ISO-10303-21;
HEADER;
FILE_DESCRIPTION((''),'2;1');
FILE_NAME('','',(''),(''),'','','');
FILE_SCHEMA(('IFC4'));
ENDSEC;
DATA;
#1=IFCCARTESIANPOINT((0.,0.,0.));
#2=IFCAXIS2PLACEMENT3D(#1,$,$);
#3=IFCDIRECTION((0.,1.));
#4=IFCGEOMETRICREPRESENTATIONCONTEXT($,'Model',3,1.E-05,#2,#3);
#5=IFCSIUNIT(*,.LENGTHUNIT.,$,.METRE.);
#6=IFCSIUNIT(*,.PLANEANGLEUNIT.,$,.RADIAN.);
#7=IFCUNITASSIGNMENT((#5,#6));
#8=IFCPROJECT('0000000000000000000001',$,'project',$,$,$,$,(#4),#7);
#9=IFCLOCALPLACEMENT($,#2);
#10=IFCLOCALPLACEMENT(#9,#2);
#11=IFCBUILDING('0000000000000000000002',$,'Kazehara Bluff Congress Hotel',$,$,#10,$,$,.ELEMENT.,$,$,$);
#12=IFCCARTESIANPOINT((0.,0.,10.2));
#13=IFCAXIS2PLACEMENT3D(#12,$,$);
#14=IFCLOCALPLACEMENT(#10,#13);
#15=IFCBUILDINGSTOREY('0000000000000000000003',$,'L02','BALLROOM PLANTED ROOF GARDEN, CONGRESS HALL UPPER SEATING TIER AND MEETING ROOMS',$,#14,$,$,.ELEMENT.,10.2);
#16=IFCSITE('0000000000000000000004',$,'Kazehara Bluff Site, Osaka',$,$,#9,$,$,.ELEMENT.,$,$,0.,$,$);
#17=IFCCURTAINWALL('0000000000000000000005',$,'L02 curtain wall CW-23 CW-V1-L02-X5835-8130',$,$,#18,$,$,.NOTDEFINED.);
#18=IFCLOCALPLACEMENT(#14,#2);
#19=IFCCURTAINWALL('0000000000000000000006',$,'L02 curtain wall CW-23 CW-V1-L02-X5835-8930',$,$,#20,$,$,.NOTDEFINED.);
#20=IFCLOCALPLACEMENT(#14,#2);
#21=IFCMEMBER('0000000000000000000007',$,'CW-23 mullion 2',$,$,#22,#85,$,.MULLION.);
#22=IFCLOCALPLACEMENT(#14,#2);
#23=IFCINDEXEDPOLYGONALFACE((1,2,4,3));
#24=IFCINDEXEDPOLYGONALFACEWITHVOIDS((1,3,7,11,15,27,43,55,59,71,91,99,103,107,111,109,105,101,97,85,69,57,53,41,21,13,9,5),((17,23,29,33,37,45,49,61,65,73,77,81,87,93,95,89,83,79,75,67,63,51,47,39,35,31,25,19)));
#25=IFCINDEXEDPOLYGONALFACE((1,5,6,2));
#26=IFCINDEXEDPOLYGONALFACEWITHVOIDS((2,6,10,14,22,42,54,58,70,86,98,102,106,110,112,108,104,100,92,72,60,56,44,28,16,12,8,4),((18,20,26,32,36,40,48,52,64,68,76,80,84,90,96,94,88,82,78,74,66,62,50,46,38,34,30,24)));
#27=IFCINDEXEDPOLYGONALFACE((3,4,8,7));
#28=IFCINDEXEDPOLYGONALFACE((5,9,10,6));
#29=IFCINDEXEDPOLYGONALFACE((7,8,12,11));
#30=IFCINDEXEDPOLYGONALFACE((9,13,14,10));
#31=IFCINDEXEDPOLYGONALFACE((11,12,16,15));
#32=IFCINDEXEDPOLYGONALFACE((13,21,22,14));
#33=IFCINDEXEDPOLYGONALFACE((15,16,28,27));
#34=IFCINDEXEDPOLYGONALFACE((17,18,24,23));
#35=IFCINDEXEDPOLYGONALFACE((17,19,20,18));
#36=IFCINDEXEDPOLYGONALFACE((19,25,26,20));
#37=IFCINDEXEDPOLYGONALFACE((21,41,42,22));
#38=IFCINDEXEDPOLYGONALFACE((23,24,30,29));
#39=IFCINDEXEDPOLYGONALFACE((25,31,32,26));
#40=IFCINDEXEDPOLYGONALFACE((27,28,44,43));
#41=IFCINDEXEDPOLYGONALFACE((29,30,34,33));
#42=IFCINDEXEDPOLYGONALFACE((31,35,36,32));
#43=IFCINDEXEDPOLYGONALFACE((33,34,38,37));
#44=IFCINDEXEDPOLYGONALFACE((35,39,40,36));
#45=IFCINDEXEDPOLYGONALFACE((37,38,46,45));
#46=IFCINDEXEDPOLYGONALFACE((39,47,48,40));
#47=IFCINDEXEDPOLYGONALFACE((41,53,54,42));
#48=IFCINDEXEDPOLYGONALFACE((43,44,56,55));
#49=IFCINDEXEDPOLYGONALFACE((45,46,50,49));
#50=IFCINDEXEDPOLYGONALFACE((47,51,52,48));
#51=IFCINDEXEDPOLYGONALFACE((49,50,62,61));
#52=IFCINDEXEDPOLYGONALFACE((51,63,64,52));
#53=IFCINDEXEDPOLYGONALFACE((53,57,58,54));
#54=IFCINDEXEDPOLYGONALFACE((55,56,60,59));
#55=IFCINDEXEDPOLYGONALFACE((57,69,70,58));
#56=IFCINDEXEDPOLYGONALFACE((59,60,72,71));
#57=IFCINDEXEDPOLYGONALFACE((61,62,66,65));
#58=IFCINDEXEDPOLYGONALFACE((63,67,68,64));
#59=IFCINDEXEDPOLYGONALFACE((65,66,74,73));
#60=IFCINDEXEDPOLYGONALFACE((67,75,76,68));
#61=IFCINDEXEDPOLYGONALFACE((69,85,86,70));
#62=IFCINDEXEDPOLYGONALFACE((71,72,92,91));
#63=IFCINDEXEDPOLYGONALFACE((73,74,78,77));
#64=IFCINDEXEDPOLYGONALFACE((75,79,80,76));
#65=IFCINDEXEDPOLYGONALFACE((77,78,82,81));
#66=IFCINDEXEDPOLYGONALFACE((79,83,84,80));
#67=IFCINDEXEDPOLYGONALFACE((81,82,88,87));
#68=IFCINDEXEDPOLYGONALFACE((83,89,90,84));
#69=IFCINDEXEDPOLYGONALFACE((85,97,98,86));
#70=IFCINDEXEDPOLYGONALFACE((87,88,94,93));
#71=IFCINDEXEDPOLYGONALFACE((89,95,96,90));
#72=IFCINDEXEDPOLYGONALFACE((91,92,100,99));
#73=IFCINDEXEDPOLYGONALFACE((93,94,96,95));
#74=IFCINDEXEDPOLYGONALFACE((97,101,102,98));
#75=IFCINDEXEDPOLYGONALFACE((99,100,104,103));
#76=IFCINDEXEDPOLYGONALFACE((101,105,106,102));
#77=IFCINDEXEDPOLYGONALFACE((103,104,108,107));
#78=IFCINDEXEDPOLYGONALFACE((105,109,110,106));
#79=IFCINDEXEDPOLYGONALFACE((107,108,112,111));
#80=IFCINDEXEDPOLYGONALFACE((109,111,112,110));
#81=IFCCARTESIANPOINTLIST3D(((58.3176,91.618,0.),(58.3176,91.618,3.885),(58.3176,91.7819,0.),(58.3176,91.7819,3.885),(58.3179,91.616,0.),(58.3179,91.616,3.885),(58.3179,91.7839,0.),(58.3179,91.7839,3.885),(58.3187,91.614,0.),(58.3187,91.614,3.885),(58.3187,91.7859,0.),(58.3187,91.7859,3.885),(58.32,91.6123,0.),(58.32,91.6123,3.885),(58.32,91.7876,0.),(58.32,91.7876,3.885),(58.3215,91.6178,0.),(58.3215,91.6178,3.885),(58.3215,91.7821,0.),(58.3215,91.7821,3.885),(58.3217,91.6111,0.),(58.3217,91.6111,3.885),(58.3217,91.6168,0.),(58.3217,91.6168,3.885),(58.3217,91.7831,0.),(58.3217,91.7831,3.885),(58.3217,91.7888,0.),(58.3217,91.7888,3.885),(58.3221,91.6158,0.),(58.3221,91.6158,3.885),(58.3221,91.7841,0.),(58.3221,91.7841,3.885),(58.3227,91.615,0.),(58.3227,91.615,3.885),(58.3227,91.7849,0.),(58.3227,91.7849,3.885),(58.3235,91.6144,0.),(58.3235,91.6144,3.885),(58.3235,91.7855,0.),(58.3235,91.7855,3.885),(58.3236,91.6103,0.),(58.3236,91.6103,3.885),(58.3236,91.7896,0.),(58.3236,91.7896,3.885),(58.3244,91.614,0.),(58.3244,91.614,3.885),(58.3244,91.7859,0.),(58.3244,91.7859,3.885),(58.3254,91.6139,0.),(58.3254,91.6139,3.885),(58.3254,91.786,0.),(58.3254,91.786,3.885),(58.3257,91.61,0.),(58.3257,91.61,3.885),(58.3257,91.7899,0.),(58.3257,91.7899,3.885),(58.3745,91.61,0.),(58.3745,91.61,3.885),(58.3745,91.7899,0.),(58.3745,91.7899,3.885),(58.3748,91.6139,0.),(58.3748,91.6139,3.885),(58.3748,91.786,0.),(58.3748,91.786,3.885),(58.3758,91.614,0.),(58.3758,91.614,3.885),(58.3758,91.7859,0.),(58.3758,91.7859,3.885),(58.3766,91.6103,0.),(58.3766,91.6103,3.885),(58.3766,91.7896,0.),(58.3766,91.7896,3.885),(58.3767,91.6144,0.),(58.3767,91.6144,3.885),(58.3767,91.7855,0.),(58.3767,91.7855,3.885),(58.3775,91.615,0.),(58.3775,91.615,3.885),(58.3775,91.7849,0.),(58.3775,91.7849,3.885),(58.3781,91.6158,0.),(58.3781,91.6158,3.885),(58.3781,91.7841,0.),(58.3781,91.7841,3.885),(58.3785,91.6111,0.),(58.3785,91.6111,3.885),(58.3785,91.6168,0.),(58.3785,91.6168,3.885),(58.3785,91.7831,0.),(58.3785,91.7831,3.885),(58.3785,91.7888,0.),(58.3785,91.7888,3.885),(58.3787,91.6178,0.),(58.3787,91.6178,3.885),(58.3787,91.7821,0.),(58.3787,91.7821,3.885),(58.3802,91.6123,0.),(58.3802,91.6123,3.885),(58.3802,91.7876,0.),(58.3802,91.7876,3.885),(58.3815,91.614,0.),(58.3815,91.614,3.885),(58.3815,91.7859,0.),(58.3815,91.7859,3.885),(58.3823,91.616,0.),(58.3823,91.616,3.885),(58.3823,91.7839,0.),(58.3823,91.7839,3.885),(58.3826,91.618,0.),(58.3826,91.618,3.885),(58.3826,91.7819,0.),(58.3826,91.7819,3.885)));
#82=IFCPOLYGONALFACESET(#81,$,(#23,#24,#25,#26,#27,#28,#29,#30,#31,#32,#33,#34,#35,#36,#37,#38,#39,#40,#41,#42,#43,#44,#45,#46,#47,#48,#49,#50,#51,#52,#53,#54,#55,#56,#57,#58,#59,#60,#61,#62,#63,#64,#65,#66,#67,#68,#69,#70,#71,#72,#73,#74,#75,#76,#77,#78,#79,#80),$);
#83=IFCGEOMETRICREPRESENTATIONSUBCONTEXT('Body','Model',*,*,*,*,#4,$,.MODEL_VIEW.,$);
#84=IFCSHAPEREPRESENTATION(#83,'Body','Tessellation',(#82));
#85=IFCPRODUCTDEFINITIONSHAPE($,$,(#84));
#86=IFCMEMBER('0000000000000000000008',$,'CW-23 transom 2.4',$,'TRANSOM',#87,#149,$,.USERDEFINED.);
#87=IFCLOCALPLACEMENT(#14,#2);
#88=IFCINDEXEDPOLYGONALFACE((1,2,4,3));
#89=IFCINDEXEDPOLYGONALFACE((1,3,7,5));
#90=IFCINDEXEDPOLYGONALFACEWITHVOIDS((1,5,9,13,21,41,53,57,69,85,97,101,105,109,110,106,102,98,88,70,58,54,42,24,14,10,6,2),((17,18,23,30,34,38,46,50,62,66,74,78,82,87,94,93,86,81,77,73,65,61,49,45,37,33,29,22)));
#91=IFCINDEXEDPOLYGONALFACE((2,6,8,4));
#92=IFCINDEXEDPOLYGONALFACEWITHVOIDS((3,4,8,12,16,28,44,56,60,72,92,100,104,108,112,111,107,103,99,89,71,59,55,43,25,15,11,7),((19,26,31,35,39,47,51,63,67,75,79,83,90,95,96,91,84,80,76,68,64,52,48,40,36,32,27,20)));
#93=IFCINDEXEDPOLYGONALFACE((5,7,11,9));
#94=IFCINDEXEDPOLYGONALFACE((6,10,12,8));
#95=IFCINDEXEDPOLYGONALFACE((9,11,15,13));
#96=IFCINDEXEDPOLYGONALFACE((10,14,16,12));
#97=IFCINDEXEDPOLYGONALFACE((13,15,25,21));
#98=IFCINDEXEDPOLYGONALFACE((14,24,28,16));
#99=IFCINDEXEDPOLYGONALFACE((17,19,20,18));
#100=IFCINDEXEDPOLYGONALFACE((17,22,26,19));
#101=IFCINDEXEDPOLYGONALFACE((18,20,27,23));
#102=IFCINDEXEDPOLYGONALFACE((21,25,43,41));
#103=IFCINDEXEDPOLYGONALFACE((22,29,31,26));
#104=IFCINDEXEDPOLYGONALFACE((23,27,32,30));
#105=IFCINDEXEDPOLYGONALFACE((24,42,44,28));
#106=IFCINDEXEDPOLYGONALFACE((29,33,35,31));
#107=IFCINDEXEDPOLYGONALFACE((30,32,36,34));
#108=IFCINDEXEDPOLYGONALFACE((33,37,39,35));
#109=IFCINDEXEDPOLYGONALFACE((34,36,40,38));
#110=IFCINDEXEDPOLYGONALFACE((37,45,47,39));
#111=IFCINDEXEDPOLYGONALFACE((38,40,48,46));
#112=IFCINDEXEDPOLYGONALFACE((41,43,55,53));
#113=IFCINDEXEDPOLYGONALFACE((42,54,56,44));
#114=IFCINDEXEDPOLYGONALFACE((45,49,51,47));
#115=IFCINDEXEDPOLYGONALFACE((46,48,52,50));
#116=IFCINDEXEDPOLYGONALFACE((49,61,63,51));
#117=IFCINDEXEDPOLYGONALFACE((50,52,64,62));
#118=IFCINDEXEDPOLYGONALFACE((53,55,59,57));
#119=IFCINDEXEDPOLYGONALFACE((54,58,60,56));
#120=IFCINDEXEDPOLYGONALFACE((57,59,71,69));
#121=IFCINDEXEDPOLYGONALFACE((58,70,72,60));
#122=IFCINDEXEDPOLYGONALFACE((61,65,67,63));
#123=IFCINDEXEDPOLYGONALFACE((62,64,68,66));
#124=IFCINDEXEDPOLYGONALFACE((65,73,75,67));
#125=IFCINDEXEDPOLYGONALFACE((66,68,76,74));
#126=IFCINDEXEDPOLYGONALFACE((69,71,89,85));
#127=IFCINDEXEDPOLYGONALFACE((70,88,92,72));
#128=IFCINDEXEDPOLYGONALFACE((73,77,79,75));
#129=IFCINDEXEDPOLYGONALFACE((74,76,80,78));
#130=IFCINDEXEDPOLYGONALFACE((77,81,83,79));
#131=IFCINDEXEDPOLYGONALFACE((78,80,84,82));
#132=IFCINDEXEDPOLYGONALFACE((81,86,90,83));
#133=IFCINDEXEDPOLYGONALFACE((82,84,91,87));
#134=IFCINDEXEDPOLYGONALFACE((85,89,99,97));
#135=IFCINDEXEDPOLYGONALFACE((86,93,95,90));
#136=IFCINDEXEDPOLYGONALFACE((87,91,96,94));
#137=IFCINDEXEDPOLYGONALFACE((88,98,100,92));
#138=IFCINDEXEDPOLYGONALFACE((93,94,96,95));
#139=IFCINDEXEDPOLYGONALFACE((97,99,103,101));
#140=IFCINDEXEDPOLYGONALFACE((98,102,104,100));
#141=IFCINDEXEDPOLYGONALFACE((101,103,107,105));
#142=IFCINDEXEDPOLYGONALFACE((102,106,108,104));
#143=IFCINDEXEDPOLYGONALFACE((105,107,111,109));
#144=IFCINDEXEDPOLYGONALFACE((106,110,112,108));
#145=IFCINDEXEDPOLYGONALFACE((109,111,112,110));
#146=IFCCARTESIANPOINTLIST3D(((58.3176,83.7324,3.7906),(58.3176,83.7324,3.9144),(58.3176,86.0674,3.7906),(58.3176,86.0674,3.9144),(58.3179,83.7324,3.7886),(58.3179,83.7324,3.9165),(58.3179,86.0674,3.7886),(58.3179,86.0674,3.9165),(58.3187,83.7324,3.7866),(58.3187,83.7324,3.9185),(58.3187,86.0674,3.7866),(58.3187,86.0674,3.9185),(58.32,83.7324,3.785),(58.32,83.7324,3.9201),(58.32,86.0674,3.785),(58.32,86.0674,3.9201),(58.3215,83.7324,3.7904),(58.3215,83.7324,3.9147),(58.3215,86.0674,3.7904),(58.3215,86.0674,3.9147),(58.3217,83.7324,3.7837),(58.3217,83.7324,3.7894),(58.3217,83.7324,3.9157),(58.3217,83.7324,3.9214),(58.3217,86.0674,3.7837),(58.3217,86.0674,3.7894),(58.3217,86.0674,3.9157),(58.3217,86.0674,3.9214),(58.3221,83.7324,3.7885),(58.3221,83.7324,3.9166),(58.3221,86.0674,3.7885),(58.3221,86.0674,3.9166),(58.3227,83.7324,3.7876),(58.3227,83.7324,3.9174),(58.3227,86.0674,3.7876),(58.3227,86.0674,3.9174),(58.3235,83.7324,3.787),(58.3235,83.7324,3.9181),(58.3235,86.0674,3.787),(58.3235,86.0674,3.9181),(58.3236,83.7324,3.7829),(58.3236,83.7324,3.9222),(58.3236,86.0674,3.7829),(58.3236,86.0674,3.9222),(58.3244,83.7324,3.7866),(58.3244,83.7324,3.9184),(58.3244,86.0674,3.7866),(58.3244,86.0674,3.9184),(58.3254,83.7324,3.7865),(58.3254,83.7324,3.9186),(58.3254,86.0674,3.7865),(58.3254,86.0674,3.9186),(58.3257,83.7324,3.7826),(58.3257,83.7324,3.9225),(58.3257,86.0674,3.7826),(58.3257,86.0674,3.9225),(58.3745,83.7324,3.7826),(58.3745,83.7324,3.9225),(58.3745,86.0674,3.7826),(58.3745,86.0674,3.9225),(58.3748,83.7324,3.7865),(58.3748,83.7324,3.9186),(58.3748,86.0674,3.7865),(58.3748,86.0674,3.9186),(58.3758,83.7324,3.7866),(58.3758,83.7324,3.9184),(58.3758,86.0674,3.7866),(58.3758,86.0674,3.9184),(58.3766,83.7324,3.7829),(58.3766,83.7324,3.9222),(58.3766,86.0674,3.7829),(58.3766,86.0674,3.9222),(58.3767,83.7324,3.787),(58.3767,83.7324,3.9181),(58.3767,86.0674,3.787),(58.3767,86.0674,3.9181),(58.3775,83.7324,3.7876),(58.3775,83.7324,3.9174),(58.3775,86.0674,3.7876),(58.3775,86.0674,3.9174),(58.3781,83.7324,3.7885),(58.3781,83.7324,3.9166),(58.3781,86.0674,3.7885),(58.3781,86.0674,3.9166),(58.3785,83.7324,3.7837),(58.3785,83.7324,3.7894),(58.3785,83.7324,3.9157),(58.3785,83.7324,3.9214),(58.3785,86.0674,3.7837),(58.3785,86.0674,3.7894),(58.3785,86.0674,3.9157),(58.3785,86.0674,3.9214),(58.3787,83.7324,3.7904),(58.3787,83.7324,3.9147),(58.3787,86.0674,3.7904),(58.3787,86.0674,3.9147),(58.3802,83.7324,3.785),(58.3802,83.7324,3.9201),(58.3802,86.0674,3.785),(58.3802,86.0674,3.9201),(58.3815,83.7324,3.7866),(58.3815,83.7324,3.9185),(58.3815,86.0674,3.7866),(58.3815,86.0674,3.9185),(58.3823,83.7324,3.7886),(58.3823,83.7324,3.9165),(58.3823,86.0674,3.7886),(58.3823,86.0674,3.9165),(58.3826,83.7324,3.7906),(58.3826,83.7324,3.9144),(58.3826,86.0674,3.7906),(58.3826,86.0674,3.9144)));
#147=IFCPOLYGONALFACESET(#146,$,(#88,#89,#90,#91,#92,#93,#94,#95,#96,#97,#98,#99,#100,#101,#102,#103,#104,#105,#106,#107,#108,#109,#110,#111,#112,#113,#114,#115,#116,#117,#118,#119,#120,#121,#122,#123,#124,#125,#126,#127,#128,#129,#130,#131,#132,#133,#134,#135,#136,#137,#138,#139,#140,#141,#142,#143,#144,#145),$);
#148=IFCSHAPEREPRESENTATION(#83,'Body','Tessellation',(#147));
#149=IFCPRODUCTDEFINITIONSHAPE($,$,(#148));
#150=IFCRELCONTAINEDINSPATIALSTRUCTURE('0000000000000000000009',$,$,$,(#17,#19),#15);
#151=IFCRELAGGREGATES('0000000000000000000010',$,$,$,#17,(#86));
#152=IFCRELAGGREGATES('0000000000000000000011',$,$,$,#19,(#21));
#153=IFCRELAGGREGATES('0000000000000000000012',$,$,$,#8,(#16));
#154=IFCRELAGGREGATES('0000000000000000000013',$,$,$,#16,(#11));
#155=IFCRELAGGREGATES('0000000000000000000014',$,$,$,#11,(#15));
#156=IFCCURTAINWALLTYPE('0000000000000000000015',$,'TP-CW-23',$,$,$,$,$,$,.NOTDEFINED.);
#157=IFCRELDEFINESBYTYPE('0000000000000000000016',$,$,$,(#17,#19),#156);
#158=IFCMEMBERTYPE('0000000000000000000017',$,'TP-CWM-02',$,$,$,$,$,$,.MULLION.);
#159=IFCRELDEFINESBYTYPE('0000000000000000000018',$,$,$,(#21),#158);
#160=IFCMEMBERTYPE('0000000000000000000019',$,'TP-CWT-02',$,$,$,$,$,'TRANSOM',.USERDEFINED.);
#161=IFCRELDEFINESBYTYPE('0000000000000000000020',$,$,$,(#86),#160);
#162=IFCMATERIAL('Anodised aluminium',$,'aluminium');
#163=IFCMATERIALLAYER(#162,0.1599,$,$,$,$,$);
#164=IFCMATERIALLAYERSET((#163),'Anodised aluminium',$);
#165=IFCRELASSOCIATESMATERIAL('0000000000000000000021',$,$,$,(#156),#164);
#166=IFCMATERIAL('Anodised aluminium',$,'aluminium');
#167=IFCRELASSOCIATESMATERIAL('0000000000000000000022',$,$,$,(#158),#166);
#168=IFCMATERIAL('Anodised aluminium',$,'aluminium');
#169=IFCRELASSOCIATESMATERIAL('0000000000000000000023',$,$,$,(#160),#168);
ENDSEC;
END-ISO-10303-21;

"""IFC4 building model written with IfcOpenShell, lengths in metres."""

from ifc_helpers import new_model, si_unit, direction, frame, origin, origin_2d, place, context, subcontext, project, spatial, hollow_rectangle, extrude, material, layer, layer_set, material_profile, profile_set, type_object, element, aggregate, save


model = new_model("IFC4")

# Units and contexts
model_context = context("Model", 3, precision=1e-05, world=origin(), true_north=direction((0.0, 1.0)))
body_context = subcontext(model_context, "Body", "Model", "MODEL_VIEW")
ifc_project = project(units=[si_unit("LENGTHUNIT", "METRE"), si_unit("PLANEANGLEUNIT", "RADIAN")], contexts=[model_context])

# Site, building, storey
site_placement = place(None, origin())
site = spatial("IfcSite", under=ifc_project, at=site_placement, Name="Kazehara Bluff Site, Osaka", CompositionType="ELEMENT", RefElevation=0.0)
building_placement = place(site_placement, origin())
building = spatial("IfcBuilding", under=site, at=building_placement, Name="Kazehara Bluff Congress Hotel", CompositionType="ELEMENT")
storey_placement = place(building_placement, frame((0.0, 0.0, 10.2)))
storey = spatial("IfcBuildingStorey", under=building, at=storey_placement, Name="L02", Description="BALLROOM PLANTED ROOF GARDEN, CONGRESS HALL UPPER SEATING TIER AND MEETING ROOMS", CompositionType="ELEMENT", Elevation=10.2)

# Curtain walls, member
ifc_material_1 = material(Name="Anodised aluminium", Category="aluminium")
ifc_layer_1 = layer(ifc_material_1, 0.1599)
ifc_layer_set_1 = layer_set([ifc_layer_1], Name="Anodised aluminium")
curtain_wall_type = type_object("IfcCurtainWallType", Name="TP-CW-23", PredefinedType="NOTDEFINED", material=ifc_layer_set_1)
curtain_wall_1_placement = place(storey_placement, origin())
curtain_wall_1 = element("IfcCurtainWall", 1, at=curtain_wall_1_placement, inside=storey, type_object=curtain_wall_type, Name="L02 curtain wall CW-23 CW-V1-L02-X5835-8130", PredefinedType="NOTDEFINED")
ifc_material_2 = material(Name="Anodised aluminium", Category="aluminium")
ifc_material_profile_1 = material_profile(ifc_material_2, hollow_rectangle(XDim=0.0649, YDim=0.1799, WallThickness=0.0039, InnerFilletRadius=0.0039, OuterFilletRadius=0.0081, at=origin_2d()))
ifc_profile_set_1 = profile_set([ifc_material_profile_1], Name="Anodised aluminium")
member_type_1 = type_object("IfcMemberType", Name="TP-CWM-02", PredefinedType="MULLION", material=ifc_profile_set_1)
curtain_wall_2_placement = place(storey_placement, origin())
curtain_wall_2 = element("IfcCurtainWall", 2, at=curtain_wall_2_placement, inside=storey, type_object=curtain_wall_type, Name="L02 curtain wall CW-23 CW-V1-L02-X5835-8930", PredefinedType="NOTDEFINED")
member_1_placement = place(storey_placement, frame((58.3501, 91.7, 0.0), z_axis=(0.0, 0.0, 1.0), x_axis=(-1.0, 0.0, 0.0)))
member_1 = element("IfcMember", 3, at=member_1_placement, type_object=member_type_1, Name="CW-23 mullion 2", PredefinedType="MULLION", context=body_context, shape_type="SweptSolid", body=[
    extrude(hollow_rectangle(XDim=0.0649, YDim=0.1799, WallThickness=0.0039, InnerFilletRadius=0.0039, OuterFilletRadius=0.0081, at=origin_2d()), origin(), (0.0, 0.0, 1.0), 3.885),
])

# Member
ifc_material_3 = material(Name="Anodised aluminium", Category="aluminium")
ifc_material_profile_2 = material_profile(ifc_material_3, hollow_rectangle(XDim=0.0649, YDim=0.1399, WallThickness=0.0039, InnerFilletRadius=0.0039, OuterFilletRadius=0.0081, at=origin_2d()))
ifc_profile_set_2 = profile_set([ifc_material_profile_2], Name="Anodised aluminium")
member_type_2 = type_object("IfcMemberType", Name="TP-CWT-02", ElementType="TRANSOM", PredefinedType="USERDEFINED", material=ifc_profile_set_2)
member_2_placement = place(storey_placement, frame((58.3501, 83.7324, 3.8525), z_axis=(0.0, 1.0, 0.0), x_axis=(-1.0, 0.0, 0.0)))
member_2 = element("IfcMember", 4, at=member_2_placement, type_object=member_type_2, Name="CW-23 transom 2.4", ObjectType="TRANSOM", PredefinedType="USERDEFINED", context=body_context, shape_type="SweptSolid", body=[
    extrude(hollow_rectangle(XDim=0.0649, YDim=0.1399, WallThickness=0.0039, InnerFilletRadius=0.0039, OuterFilletRadius=0.0081, at=origin_2d()), origin(), (0.0, 0.0, 1.0), 2.335),
])

aggregate(curtain_wall_1, [member_2])
aggregate(curtain_wall_2, [member_1])

save(model, "model.ifc")
